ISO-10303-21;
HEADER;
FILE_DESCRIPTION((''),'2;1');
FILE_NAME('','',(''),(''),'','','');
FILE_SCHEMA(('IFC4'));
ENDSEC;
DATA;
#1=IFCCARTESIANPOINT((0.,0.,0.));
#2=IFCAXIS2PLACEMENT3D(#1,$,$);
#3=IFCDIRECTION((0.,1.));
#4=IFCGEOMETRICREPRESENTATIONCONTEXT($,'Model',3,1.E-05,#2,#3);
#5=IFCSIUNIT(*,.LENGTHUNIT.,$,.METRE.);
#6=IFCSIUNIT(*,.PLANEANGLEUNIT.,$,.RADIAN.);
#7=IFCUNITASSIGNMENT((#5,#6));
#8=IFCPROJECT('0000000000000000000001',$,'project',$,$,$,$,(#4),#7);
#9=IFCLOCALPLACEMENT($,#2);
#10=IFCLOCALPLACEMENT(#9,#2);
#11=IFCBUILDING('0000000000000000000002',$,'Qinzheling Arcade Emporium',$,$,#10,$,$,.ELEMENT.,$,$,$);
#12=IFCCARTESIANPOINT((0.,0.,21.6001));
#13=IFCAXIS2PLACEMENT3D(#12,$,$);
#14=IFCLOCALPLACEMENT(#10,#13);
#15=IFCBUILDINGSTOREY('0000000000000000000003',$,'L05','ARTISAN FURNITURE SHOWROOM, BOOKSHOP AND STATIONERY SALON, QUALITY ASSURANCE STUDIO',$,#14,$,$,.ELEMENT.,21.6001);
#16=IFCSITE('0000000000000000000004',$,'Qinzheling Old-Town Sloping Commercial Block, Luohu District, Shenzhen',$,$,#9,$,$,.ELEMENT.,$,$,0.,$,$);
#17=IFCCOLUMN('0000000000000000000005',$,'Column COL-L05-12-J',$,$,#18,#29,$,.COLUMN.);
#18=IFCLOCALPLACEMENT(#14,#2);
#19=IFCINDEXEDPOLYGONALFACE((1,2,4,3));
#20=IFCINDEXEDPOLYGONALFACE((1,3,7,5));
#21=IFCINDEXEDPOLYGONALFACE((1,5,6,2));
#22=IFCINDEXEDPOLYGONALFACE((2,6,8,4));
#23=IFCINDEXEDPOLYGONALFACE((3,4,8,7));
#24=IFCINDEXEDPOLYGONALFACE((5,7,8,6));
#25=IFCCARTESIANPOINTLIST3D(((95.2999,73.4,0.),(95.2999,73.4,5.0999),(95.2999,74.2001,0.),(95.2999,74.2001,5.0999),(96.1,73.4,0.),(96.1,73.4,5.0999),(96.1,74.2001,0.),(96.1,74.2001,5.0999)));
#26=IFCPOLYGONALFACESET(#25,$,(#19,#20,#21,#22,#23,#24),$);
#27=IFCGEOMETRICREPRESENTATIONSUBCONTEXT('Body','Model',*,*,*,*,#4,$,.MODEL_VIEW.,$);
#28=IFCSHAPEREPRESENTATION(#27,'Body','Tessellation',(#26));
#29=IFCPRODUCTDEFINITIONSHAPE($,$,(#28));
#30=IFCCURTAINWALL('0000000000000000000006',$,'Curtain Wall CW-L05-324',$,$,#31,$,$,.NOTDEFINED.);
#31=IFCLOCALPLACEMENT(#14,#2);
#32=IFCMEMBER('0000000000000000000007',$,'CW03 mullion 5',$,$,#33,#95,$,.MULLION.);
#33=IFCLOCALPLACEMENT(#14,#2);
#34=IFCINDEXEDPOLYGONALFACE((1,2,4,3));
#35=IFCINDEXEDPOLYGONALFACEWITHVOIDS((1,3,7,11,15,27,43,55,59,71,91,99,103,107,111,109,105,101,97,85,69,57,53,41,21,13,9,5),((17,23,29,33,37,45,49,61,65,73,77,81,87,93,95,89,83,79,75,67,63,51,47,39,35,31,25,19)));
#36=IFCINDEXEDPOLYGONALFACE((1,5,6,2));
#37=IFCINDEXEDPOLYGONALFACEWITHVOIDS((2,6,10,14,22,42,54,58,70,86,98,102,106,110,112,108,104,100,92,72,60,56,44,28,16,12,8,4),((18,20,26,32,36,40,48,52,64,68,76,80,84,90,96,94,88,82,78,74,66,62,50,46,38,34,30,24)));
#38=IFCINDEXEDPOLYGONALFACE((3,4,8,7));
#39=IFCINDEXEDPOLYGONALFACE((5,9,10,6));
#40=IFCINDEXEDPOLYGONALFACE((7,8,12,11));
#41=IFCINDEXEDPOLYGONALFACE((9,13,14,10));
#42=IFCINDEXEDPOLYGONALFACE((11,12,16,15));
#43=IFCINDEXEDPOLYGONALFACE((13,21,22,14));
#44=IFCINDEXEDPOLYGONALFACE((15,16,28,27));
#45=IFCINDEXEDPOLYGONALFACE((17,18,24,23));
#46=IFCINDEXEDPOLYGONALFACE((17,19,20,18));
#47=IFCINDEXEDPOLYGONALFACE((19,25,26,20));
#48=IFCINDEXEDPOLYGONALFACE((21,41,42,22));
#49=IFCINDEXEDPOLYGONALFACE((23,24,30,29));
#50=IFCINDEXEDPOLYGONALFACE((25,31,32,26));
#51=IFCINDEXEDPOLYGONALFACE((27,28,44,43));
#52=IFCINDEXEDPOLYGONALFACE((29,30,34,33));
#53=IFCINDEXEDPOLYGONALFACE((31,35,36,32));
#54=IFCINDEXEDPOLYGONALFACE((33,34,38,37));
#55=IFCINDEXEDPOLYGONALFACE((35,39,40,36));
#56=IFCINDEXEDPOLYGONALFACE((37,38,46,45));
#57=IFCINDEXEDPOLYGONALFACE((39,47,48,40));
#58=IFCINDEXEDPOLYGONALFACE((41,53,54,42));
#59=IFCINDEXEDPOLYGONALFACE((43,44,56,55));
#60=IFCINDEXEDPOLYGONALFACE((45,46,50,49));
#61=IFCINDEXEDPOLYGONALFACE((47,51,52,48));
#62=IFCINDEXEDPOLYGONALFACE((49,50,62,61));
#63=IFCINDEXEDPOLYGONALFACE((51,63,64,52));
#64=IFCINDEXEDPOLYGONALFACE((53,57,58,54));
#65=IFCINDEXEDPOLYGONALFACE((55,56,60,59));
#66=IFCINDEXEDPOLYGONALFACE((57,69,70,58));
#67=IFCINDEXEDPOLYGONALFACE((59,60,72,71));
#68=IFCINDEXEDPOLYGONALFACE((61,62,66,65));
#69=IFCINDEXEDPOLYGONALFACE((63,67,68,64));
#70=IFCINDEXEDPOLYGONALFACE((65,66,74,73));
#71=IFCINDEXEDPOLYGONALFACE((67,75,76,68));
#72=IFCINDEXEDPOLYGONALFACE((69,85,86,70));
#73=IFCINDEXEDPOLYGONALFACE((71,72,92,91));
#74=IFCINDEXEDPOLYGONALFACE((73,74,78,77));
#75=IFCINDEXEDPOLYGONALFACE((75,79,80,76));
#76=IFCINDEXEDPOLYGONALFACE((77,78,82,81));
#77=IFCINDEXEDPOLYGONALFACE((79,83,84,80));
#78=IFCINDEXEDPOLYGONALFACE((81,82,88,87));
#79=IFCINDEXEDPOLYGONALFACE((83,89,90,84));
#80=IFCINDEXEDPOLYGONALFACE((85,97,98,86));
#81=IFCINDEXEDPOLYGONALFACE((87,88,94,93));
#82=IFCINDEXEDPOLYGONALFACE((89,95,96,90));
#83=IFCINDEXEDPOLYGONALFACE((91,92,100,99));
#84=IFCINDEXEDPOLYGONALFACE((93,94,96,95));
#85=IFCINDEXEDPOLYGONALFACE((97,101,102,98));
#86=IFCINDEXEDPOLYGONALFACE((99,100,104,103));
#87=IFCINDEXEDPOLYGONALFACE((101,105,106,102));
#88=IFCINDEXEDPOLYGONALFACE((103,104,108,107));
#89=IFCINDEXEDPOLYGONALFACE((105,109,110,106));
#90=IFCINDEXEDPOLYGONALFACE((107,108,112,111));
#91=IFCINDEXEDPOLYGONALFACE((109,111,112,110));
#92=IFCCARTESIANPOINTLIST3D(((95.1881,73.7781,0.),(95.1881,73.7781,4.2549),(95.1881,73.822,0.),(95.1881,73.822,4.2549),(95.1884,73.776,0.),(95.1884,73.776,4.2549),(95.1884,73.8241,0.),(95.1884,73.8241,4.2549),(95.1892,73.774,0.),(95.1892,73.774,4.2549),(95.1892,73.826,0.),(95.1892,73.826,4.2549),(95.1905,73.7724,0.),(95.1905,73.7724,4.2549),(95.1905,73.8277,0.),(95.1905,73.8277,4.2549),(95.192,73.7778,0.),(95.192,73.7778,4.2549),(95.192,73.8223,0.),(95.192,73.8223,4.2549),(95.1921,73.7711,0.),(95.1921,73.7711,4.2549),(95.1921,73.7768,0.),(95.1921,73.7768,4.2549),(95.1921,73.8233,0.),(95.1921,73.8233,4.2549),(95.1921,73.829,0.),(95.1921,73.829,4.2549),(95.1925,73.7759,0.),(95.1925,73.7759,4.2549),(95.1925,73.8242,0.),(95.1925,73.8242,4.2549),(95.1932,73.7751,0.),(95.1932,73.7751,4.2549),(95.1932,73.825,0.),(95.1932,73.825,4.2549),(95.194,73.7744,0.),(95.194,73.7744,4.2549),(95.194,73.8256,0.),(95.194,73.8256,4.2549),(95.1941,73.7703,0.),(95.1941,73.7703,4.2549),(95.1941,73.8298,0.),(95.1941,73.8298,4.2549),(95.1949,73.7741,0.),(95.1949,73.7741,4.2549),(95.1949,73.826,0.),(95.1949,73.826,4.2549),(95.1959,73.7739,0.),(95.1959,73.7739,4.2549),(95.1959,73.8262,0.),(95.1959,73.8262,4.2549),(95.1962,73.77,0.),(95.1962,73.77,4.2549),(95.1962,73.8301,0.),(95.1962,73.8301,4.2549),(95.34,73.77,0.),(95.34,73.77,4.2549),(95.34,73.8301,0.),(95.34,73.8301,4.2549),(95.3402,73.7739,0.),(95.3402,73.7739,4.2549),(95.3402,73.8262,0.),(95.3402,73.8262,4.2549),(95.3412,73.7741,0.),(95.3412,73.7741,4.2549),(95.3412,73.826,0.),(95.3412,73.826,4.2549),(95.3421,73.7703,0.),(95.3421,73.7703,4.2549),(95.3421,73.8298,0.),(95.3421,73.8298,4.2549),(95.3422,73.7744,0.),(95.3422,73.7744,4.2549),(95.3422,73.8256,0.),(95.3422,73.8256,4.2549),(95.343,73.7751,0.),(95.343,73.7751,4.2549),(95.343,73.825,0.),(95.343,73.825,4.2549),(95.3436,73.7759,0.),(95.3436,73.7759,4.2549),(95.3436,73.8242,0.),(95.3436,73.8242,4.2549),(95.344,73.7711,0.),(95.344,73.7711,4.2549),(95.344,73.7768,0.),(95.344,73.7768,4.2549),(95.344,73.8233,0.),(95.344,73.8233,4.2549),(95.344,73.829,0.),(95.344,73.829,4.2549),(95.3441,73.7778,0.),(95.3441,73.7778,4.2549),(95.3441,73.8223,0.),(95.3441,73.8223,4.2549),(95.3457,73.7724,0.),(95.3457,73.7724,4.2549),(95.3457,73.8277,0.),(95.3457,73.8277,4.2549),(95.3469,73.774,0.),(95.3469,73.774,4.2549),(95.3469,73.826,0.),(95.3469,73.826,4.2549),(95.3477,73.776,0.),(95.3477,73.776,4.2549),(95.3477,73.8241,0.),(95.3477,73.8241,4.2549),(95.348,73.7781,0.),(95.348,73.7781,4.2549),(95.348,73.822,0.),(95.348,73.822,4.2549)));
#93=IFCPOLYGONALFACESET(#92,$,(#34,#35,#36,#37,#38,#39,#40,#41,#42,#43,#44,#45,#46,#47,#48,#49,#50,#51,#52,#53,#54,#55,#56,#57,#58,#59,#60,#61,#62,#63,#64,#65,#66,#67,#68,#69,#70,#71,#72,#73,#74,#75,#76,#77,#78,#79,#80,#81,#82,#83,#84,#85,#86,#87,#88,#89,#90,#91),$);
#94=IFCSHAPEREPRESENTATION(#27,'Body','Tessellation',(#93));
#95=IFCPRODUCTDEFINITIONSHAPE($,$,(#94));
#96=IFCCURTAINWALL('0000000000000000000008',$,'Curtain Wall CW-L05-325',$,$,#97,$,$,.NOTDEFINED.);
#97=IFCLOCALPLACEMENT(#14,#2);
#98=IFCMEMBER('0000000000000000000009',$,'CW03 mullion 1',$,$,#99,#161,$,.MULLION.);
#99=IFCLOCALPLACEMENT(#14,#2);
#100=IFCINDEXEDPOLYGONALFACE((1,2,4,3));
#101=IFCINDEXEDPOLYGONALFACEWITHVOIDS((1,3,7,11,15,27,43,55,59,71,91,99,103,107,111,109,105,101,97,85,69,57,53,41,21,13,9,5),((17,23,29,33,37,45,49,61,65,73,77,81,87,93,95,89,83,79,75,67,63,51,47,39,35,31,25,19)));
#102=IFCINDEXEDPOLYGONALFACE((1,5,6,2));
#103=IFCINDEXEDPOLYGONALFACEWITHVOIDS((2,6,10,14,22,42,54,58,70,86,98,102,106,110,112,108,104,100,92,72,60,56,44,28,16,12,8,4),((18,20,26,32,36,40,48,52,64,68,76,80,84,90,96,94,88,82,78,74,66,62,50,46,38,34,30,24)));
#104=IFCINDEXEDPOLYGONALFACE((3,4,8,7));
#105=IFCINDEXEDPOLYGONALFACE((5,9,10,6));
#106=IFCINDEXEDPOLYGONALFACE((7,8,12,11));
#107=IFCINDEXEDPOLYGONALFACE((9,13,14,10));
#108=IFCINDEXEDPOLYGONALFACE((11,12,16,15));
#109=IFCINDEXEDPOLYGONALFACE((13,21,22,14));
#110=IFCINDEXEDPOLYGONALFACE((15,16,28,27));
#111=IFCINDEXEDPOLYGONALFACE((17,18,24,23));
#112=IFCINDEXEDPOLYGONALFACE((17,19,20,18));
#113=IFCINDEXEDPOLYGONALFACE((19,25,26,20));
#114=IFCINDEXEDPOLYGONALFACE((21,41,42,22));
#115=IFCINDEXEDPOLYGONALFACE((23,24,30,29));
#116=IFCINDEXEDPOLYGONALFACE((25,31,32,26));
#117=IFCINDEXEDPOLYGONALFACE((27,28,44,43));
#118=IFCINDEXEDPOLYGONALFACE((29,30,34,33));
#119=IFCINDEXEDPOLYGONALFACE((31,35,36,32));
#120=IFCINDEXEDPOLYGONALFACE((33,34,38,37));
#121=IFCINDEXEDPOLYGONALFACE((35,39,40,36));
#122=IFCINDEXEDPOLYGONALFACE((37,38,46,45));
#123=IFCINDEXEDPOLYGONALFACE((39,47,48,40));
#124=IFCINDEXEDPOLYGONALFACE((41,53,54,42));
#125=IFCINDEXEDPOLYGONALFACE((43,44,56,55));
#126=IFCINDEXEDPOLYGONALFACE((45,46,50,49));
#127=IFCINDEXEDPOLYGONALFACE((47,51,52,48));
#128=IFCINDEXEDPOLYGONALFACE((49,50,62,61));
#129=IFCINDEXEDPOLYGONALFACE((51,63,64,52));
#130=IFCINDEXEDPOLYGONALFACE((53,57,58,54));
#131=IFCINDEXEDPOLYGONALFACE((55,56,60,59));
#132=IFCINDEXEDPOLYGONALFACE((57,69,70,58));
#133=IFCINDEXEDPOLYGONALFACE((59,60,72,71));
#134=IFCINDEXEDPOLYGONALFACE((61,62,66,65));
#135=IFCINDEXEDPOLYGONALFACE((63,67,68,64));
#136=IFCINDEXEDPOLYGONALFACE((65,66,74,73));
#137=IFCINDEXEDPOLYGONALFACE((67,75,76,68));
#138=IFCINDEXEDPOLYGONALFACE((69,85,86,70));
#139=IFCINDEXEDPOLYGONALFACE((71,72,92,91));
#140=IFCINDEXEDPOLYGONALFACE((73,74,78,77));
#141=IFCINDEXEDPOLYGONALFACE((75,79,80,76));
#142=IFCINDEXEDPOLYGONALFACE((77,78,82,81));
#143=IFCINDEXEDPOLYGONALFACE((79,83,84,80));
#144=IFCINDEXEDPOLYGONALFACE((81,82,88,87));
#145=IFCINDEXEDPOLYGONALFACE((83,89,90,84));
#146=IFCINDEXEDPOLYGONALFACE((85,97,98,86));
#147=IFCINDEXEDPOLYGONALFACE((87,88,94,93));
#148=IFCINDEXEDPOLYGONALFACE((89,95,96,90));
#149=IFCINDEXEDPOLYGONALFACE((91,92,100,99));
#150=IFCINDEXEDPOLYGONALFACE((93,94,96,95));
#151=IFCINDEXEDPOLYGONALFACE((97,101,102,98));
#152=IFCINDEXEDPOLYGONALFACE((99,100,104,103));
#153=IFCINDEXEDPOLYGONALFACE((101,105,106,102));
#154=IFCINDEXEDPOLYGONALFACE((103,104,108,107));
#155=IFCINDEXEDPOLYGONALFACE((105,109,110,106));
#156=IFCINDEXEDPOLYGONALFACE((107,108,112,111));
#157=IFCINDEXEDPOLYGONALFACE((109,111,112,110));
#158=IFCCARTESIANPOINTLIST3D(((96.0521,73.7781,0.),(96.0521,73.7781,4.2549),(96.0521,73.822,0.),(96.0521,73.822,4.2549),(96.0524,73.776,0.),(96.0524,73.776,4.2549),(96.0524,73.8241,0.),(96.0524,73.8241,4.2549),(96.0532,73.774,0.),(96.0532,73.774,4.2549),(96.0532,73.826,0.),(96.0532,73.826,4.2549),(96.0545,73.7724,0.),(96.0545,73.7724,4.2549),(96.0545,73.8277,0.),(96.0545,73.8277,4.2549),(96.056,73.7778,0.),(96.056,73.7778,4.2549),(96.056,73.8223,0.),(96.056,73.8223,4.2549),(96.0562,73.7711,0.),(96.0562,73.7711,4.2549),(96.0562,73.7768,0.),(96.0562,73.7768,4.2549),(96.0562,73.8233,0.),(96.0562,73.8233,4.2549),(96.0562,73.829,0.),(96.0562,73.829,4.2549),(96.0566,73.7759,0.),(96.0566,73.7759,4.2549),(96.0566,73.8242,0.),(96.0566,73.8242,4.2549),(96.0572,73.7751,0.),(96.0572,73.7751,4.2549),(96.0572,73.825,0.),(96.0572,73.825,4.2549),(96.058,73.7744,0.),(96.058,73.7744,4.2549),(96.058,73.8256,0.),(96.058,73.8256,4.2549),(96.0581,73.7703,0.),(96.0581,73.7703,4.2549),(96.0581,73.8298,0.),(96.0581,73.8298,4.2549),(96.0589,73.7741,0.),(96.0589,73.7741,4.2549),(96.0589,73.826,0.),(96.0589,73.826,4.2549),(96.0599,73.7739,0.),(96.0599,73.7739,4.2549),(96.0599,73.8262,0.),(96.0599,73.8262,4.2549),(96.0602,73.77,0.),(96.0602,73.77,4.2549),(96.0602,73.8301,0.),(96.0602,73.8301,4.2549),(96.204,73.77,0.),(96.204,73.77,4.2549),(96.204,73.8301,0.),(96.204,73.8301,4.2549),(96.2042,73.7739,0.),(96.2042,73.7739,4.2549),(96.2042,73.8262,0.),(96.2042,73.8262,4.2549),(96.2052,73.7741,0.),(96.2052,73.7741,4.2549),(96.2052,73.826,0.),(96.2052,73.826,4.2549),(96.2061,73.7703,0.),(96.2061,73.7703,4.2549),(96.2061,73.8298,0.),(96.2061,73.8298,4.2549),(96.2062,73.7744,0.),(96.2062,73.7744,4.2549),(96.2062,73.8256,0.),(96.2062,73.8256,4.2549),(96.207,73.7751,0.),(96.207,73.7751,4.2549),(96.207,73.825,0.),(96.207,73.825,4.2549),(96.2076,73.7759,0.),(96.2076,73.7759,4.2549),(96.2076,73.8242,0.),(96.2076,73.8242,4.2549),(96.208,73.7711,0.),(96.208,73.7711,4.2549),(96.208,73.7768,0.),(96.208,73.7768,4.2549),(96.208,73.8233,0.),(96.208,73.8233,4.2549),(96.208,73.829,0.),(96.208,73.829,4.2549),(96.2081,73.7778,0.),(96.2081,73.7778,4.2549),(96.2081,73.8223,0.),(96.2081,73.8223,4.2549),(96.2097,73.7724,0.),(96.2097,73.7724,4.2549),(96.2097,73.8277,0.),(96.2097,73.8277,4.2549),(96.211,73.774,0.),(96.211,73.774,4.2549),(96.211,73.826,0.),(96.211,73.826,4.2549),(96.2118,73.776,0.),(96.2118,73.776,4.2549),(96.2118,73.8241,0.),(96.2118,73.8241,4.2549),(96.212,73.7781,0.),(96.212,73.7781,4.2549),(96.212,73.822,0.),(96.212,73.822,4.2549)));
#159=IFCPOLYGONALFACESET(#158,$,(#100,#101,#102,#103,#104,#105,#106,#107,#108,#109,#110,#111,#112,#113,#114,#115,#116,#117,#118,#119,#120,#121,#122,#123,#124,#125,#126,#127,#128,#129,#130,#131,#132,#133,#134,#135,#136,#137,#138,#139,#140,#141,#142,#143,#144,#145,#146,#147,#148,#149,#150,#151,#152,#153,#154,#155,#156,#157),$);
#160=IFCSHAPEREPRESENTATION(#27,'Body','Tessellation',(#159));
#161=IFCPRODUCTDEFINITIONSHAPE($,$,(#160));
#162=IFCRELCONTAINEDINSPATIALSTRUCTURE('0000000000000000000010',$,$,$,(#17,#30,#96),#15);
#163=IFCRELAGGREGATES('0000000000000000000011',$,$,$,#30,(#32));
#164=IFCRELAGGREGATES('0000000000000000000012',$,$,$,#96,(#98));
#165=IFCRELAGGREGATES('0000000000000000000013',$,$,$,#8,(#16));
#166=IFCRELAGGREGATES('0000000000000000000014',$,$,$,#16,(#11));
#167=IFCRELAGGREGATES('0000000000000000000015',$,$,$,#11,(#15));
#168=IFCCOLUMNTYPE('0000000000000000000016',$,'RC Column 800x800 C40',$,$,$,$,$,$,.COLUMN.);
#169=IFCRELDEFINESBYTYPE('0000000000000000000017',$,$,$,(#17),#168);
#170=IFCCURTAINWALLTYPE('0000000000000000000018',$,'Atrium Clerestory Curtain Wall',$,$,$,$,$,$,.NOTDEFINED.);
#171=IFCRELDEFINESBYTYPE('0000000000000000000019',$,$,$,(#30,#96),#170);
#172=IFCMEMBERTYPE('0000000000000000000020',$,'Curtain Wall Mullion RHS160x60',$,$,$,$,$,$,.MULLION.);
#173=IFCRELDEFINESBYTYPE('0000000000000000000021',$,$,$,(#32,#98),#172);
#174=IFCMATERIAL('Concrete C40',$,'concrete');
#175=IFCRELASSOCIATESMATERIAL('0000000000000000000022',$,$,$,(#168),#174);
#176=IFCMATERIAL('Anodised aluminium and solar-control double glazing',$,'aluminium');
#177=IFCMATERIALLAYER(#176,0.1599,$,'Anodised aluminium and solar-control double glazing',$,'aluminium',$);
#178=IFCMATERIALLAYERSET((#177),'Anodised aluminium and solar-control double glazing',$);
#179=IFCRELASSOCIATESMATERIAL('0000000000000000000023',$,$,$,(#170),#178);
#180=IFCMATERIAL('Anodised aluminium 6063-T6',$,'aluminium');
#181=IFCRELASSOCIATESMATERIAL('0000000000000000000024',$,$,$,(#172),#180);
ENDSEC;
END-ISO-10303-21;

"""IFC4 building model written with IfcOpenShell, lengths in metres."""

from ifc_helpers import new_model, si_unit, direction, frame, origin, origin_2d, place, context, subcontext, project, spatial, rectangle, hollow_rectangle, extrude, material, layer, layer_set, material_profile, profile_set, type_object, element, aggregate, save


model = new_model("IFC4")

# Units and contexts
model_context = context("Model", 3, precision=1e-05, world=origin(), true_north=direction((0.0, 1.0)))
body_context = subcontext(model_context, "Body", "Model", "MODEL_VIEW")
ifc_project = project(units=[si_unit("LENGTHUNIT", "METRE"), si_unit("PLANEANGLEUNIT", "RADIAN")], contexts=[model_context])

# Site, building, storey
site_placement = place(None, origin())
site = spatial("IfcSite", under=ifc_project, at=site_placement, Name="Qinzheling Old-Town Sloping Commercial Block, Luohu District, Shenzhen", CompositionType="ELEMENT", RefElevation=0.0)
building_placement = place(site_placement, origin())
building = spatial("IfcBuilding", under=site, at=building_placement, Name="Qinzheling Arcade Emporium", CompositionType="ELEMENT")
storey_placement = place(building_placement, frame((0.0, 0.0, 21.6001)))
storey = spatial("IfcBuildingStorey", under=building, at=storey_placement, Name="L05", Description="ARTISAN FURNITURE SHOWROOM, BOOKSHOP AND STATIONERY SALON, QUALITY ASSURANCE STUDIO", CompositionType="ELEMENT", Elevation=21.6001)

# Column
ifc_material_1 = material(Name="Concrete C40", Category="concrete")
ifc_material_profile_1 = material_profile(ifc_material_1, rectangle(XDim=0.8, YDim=0.8, at=origin_2d()), Name="RC 800x800", Category="concrete")
ifc_profile_set_1 = profile_set([ifc_material_profile_1], Name="Concrete C40")
column_type = type_object("IfcColumnType", Name="RC Column 800x800 C40", PredefinedType="COLUMN", material=ifc_profile_set_1)
column_placement = place(storey_placement, frame((95.7, 73.8, 0.0), z_axis=(0.0, 0.0, 1.0), x_axis=(1.0, 0.0, 0.0)))
element("IfcColumn", 1, at=column_placement, inside=storey, type_object=column_type, Name="Column COL-L05-12-J", PredefinedType="COLUMN", context=body_context, shape_type="SweptSolid", body=[
    extrude(rectangle(XDim=0.8, YDim=0.8, at=origin_2d()), origin(), (0.0, 0.0, 1.0), 5.0999),
])

# Curtain wall, member
ifc_material_2 = material(Name="Anodised aluminium and solar-control double glazing", Category="aluminium")
ifc_layer_1 = layer(ifc_material_2, 0.1599, Name="Anodised aluminium and solar-control double glazing", Category="aluminium")
ifc_layer_set_1 = layer_set([ifc_layer_1], Name="Anodised aluminium and solar-control double glazing")
curtain_wall_type = type_object("IfcCurtainWallType", Name="Atrium Clerestory Curtain Wall", PredefinedType="NOTDEFINED", material=ifc_layer_set_1)
curtain_wall_1_placement = place(storey_placement, origin())
curtain_wall_1 = element("IfcCurtainWall", 2, at=curtain_wall_1_placement, inside=storey, type_object=curtain_wall_type, Name="Curtain Wall CW-L05-324", PredefinedType="NOTDEFINED")
ifc_material_3 = material(Name="Anodised aluminium 6063-T6", Category="aluminium")
ifc_material_profile_2 = material_profile(ifc_material_3, hollow_rectangle(XDim=0.0601, YDim=0.1599, WallThickness=0.0039, InnerFilletRadius=0.0039, OuterFilletRadius=0.0081, at=origin_2d()), Name="RHS 160x60x4", Category="aluminium")
ifc_profile_set_2 = profile_set([ifc_material_profile_2], Name="Anodised aluminium 6063-T6")
member_type_1 = type_object("IfcMemberType", Name="Curtain Wall Mullion RHS160x60", PredefinedType="MULLION", material=ifc_profile_set_2)
member_1_placement = place(storey_placement, frame((95.2681, 73.8, 0.0), z_axis=(0.0, 0.0, 1.0), x_axis=(0.0, 1.0, 0.0)))
member_1 = element("IfcMember", 3, at=member_1_placement, type_object=member_type_1, Name="CW03 mullion 5", PredefinedType="MULLION", context=body_context, shape_type="SweptSolid", body=[
    extrude(hollow_rectangle(XDim=0.0601, YDim=0.1599, WallThickness=0.0039, InnerFilletRadius=0.0039, OuterFilletRadius=0.0081, at=origin_2d()), origin(), (0.0, 0.0, 1.0), 4.2549),
])

# Curtain wall, member
curtain_wall_2_placement = place(storey_placement, origin())
curtain_wall_2 = element("IfcCurtainWall", 4, at=curtain_wall_2_placement, inside=storey, type_object=curtain_wall_type, Name="Curtain Wall CW-L05-325", PredefinedType="NOTDEFINED")
member_2_placement = place(storey_placement, frame((96.1321, 73.8, 0.0), z_axis=(0.0, 0.0, 1.0), x_axis=(0.0, 1.0, 0.0)))
member_2 = element("IfcMember", 5, at=member_2_placement, type_object=member_type_1, Name="CW03 mullion 1", PredefinedType="MULLION", context=body_context, shape_type="SweptSolid", body=[
    extrude(hollow_rectangle(XDim=0.0601, YDim=0.1599, WallThickness=0.0039, InnerFilletRadius=0.0039, OuterFilletRadius=0.0081, at=origin_2d()), origin(), (0.0, 0.0, 1.0), 4.2549),
])

aggregate(curtain_wall_1, [member_1])
aggregate(curtain_wall_2, [member_2])

save(model, "model.ifc")
